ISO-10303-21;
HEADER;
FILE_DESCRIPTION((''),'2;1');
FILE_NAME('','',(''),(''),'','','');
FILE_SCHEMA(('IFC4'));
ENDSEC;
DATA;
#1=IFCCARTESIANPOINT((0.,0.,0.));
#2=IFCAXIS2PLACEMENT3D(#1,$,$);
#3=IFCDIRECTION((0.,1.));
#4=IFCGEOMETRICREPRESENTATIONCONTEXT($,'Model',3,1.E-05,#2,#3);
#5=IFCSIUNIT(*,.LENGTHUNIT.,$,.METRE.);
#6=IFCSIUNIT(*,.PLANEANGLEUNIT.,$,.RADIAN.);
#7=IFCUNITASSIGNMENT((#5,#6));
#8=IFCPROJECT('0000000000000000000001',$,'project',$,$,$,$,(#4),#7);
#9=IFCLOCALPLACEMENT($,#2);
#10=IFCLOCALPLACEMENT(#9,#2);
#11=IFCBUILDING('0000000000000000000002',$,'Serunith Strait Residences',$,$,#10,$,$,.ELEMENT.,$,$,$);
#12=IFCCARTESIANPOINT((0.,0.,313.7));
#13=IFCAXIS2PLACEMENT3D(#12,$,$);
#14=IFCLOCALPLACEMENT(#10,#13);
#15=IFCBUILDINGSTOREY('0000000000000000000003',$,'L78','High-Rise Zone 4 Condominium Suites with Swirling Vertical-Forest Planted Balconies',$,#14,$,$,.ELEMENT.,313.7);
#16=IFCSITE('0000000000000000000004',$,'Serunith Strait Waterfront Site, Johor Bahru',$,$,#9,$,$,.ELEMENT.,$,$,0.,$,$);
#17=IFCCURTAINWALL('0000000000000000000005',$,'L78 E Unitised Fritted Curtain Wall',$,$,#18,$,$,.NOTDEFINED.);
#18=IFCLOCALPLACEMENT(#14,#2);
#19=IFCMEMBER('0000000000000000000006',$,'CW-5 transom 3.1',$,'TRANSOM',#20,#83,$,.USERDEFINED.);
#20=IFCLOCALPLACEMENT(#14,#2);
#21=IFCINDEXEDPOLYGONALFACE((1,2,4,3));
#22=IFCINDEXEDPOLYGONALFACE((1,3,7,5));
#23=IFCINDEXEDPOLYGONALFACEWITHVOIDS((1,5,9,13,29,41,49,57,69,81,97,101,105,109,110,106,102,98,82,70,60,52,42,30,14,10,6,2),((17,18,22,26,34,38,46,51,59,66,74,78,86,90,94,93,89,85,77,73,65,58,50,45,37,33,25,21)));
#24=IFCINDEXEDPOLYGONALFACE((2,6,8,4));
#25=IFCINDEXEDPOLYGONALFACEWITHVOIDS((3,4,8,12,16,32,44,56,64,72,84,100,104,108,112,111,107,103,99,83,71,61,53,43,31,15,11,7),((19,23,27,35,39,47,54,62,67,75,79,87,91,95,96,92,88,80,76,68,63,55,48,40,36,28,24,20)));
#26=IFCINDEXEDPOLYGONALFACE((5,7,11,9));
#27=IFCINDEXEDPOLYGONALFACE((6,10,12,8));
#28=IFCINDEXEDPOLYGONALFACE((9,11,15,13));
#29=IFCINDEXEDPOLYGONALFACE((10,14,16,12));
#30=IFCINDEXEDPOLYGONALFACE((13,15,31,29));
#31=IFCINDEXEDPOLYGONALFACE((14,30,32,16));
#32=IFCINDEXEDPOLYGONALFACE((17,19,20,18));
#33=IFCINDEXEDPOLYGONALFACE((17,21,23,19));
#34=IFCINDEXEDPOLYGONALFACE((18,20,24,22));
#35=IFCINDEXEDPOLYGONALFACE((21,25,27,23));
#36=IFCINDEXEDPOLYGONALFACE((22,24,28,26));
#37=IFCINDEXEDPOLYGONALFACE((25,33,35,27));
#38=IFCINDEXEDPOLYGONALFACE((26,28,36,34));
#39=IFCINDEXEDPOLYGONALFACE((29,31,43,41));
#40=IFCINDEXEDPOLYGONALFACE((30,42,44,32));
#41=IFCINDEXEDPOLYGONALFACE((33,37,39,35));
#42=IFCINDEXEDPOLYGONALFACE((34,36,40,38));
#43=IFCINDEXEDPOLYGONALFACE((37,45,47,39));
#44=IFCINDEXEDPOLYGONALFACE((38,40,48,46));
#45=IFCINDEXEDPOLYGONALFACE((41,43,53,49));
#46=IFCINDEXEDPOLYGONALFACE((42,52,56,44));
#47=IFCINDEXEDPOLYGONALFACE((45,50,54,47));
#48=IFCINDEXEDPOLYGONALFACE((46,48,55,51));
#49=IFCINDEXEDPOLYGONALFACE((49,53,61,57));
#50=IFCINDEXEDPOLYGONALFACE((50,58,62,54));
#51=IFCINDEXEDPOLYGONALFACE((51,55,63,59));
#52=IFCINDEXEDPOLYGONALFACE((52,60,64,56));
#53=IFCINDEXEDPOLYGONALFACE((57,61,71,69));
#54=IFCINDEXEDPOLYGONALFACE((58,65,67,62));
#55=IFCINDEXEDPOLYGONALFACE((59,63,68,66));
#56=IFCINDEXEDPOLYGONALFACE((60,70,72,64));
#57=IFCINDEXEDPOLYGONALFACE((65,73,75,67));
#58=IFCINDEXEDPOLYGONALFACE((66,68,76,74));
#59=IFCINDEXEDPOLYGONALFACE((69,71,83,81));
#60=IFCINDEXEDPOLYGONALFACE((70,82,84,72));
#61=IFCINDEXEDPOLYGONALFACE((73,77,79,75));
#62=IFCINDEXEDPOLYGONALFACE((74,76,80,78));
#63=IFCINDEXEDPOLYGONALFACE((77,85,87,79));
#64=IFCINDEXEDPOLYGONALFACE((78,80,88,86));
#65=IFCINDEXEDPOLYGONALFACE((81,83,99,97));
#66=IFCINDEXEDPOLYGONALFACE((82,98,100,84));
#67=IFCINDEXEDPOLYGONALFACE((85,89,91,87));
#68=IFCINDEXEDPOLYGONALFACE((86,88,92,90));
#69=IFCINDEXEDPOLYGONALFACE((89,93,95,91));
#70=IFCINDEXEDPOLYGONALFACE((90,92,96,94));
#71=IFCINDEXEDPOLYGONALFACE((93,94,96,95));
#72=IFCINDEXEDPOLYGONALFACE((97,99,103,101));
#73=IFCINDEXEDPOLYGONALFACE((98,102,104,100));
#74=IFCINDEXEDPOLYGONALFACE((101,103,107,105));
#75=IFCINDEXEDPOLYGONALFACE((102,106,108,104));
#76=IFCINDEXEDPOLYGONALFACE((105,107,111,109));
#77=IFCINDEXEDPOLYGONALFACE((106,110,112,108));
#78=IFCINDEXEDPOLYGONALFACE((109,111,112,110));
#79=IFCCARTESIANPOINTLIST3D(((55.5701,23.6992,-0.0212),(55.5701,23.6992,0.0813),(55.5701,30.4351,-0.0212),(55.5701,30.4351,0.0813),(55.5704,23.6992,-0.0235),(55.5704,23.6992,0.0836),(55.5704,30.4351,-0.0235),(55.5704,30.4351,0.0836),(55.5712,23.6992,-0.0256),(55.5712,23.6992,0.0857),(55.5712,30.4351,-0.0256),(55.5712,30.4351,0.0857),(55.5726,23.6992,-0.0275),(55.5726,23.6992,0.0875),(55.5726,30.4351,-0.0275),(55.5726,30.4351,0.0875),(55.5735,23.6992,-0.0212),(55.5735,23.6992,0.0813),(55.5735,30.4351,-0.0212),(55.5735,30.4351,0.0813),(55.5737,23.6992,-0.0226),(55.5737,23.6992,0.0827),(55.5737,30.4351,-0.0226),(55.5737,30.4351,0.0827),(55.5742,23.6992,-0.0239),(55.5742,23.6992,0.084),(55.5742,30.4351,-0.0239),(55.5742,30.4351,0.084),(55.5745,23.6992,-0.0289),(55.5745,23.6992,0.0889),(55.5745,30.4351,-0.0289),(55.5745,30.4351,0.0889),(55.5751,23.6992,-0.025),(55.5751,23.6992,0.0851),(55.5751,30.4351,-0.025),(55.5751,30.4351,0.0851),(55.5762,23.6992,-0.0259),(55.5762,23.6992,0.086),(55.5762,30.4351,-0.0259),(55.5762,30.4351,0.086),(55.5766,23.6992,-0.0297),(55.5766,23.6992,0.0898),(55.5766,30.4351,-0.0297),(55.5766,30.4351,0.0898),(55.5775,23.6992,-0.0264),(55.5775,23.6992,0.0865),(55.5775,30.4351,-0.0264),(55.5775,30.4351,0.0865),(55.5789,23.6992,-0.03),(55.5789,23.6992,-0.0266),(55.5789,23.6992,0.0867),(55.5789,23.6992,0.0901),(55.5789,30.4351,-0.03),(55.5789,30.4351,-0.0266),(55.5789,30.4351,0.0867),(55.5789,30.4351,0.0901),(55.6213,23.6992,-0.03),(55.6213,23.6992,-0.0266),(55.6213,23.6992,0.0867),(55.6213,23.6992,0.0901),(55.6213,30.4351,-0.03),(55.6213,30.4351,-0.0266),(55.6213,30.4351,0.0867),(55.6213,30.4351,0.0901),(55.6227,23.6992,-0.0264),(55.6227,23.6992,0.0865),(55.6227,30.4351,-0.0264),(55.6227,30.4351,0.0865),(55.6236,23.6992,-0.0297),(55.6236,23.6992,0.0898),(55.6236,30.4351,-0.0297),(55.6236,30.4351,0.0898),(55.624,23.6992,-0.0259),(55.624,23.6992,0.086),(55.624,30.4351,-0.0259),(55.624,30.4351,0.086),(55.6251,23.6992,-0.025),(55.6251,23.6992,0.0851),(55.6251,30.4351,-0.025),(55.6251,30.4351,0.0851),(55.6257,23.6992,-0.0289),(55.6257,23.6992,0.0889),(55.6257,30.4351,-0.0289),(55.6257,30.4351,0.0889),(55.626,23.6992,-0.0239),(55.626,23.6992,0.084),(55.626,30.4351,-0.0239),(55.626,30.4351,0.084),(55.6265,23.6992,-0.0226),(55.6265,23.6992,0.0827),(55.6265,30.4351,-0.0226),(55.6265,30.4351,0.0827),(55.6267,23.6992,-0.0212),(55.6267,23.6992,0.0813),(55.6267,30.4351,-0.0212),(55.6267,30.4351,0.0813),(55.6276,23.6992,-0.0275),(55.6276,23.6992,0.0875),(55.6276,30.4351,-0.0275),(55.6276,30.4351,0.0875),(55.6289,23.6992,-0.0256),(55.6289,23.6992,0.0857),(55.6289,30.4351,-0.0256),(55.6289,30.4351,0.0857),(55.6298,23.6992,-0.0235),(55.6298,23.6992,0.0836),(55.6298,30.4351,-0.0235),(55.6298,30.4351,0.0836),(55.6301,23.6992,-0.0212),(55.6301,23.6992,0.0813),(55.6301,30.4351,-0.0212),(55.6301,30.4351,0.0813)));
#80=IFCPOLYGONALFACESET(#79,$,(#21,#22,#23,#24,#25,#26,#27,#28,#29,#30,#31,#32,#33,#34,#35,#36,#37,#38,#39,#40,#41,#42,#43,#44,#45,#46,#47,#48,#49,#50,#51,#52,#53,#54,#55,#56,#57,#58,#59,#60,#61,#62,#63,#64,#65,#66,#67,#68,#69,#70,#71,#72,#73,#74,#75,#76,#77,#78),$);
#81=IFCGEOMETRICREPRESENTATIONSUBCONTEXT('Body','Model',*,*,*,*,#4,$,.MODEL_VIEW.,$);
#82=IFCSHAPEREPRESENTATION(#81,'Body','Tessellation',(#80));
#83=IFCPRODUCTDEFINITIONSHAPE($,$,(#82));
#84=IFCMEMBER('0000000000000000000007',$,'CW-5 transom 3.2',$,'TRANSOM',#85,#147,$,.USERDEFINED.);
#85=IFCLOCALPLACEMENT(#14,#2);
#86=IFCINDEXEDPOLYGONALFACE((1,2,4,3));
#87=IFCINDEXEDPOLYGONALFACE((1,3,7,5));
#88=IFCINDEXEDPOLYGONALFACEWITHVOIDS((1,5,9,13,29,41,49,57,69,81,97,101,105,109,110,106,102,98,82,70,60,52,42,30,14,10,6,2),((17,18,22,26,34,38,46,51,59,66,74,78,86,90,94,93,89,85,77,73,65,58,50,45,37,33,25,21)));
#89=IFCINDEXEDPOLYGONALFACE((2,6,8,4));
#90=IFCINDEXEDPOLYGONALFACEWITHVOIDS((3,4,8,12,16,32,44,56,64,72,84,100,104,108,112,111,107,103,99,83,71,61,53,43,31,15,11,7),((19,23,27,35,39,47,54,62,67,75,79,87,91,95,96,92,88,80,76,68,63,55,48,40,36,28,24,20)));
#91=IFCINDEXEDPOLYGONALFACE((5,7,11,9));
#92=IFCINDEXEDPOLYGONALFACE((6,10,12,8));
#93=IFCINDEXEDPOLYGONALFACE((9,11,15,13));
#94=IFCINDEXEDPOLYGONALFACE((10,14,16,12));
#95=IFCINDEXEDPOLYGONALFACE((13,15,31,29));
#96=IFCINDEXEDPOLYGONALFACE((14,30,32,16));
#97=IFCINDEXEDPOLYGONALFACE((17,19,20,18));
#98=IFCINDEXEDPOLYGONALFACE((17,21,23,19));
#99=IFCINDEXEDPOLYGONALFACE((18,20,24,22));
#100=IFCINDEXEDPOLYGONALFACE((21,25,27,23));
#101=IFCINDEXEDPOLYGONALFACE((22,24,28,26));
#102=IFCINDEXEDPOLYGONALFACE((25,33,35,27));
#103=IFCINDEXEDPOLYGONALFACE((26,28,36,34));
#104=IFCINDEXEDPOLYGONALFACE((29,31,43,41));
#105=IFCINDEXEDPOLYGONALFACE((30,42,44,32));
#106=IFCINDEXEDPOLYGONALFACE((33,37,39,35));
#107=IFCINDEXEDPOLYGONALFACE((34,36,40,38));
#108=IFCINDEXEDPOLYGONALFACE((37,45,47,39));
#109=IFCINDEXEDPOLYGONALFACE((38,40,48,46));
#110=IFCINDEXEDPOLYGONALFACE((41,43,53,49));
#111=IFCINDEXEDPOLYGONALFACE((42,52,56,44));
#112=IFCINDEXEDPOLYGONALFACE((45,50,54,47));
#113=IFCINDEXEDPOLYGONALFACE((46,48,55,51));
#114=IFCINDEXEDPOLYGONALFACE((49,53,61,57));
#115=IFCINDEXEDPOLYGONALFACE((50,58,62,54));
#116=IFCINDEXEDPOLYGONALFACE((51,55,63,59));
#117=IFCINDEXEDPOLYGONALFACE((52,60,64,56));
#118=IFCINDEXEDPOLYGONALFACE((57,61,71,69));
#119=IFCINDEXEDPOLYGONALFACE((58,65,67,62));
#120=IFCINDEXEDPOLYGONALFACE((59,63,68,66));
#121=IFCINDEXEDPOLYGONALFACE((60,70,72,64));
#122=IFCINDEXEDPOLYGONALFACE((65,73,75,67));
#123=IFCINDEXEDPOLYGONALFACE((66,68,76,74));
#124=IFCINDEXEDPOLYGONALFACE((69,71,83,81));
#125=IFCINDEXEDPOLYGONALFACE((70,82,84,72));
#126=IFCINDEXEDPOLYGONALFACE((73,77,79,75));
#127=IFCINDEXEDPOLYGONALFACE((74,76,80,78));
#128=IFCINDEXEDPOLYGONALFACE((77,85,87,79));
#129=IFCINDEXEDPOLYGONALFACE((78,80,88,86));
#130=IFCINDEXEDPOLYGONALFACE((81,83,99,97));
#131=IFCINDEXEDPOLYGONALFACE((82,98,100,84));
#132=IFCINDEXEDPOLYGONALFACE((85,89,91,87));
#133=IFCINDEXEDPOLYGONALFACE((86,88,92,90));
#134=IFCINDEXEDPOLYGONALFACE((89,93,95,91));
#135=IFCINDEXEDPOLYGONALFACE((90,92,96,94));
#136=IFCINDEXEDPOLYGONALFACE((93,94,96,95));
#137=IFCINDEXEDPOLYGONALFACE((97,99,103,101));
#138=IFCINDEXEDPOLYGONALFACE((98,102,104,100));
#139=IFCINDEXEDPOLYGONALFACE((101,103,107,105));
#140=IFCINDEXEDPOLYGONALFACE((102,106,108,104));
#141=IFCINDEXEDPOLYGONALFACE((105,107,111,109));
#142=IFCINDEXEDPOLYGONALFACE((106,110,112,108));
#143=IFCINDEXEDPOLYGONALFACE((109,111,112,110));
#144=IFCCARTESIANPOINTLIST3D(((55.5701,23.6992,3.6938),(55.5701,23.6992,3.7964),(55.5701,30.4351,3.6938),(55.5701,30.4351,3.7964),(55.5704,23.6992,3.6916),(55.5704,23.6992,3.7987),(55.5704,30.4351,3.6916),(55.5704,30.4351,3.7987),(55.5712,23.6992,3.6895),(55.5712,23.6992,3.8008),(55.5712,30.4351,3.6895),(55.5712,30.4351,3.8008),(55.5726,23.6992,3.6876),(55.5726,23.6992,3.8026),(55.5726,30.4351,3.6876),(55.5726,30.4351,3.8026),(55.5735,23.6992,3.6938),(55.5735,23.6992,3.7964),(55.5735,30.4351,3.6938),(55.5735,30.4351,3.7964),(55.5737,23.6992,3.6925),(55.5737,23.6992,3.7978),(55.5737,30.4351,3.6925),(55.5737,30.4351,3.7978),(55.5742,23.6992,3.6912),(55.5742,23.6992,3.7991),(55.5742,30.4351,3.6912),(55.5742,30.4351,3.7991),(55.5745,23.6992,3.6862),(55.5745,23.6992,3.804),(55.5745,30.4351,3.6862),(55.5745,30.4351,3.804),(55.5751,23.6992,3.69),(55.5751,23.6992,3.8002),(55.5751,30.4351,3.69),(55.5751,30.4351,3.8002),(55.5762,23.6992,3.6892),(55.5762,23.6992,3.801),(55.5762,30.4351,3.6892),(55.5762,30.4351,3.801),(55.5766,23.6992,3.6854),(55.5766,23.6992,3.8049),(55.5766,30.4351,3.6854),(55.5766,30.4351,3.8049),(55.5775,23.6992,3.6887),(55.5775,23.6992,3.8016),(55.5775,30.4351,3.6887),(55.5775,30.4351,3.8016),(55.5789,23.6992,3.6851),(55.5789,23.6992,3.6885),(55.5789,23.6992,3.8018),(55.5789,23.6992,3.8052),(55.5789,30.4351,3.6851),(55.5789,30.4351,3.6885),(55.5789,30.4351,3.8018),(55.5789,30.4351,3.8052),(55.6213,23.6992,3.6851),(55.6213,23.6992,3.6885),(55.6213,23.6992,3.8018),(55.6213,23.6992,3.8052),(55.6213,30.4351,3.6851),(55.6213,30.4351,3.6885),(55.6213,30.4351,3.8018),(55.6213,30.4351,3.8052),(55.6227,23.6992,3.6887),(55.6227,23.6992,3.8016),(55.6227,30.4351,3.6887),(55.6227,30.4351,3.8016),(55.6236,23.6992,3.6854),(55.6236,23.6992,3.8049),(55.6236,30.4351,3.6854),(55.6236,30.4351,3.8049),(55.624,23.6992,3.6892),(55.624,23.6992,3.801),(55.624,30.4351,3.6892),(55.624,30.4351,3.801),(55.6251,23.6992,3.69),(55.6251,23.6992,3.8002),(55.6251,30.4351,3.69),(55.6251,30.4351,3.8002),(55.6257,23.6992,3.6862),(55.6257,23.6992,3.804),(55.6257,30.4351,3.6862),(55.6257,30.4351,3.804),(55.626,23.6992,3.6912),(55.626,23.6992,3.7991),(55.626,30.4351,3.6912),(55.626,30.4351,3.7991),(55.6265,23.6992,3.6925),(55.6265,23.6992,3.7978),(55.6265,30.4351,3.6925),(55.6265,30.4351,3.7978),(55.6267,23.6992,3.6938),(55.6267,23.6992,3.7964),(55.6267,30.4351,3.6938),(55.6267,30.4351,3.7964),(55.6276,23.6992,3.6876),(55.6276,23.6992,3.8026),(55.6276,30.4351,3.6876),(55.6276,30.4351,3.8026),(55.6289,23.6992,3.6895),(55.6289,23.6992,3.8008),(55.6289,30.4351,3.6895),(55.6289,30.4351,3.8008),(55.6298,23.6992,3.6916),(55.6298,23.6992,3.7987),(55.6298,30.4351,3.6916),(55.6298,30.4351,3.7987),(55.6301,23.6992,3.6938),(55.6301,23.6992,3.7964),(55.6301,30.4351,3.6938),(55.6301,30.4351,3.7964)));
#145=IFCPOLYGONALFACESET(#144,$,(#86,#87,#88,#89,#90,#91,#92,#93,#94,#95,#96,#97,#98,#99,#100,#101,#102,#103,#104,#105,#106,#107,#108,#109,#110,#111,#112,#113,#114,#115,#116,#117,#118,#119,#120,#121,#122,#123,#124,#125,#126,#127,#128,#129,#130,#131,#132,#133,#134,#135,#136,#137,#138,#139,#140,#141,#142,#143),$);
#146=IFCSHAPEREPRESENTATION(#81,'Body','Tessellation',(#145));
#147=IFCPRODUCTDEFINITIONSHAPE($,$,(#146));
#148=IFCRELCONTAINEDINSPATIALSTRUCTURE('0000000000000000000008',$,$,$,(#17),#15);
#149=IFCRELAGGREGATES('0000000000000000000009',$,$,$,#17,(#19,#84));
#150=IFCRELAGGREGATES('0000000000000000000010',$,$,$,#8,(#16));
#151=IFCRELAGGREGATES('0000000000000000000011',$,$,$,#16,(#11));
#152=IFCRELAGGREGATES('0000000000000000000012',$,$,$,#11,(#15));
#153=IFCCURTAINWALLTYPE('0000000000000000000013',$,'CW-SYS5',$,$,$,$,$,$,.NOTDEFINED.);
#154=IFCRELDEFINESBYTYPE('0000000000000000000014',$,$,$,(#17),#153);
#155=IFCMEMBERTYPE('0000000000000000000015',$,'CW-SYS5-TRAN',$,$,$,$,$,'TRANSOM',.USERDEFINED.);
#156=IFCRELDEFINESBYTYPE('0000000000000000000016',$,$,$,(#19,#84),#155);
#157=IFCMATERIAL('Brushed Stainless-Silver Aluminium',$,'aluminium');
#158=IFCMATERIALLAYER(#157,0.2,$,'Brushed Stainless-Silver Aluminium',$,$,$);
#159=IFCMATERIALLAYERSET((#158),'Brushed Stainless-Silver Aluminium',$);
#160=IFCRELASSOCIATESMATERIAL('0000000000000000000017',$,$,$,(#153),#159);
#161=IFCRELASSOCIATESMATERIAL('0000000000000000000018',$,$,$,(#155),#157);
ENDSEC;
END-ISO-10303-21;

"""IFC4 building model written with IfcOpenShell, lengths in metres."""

from ifc_helpers import new_model, si_unit, direction, frame, origin, origin_2d, place, context, subcontext, project, spatial, hollow_rectangle, extrude, source, transform, mapped, material, layer, layer_set, material_profile, profile_set, type_object, element, aggregate, save


model = new_model("IFC4")

# Units and contexts
model_context = context("Model", 3, precision=1e-05, world=origin(), true_north=direction((0.0, 1.0)))
body_context = subcontext(model_context, "Body", "Model", "MODEL_VIEW")
ifc_project = project(units=[si_unit("LENGTHUNIT", "METRE"), si_unit("PLANEANGLEUNIT", "RADIAN")], contexts=[model_context])

# Site, building, storey
site_placement = place(None, origin())
site = spatial("IfcSite", under=ifc_project, at=site_placement, Name="Serunith Strait Waterfront Site, Johor Bahru", CompositionType="ELEMENT", RefElevation=0.0)
building_placement = place(site_placement, origin())
building = spatial("IfcBuilding", under=site, at=building_placement, Name="Serunith Strait Residences", CompositionType="ELEMENT")
storey_placement = place(building_placement, frame((0.0, 0.0, 313.7)))
storey = spatial("IfcBuildingStorey", under=building, at=storey_placement, Name="L78", Description="High-Rise Zone 4 Condominium Suites with Swirling Vertical-Forest Planted Balconies", CompositionType="ELEMENT", Elevation=313.7)

# Curtain wall, members
ifc_material_1 = material(Name="Brushed Stainless-Silver Aluminium", Category="aluminium")
ifc_layer_1 = layer(ifc_material_1, 0.2, Name="Brushed Stainless-Silver Aluminium")
ifc_layer_set_1 = layer_set([ifc_layer_1], Name="Brushed Stainless-Silver Aluminium")
curtain_wall_type = type_object("IfcCurtainWallType", Name="CW-SYS5", PredefinedType="NOTDEFINED", material=ifc_layer_set_1)
curtain_wall_placement = place(storey_placement, origin())
curtain_wall = element("IfcCurtainWall", 1, at=curtain_wall_placement, inside=storey, type_object=curtain_wall_type, Name="L78 E Unitised Fritted Curtain Wall", PredefinedType="NOTDEFINED")
ifc_material_profile_1 = material_profile(ifc_material_1, hollow_rectangle(XDim=0.0601, YDim=0.1201, WallThickness=0.0034, InnerFilletRadius=0.0054, OuterFilletRadius=0.0088, at=origin_2d()), Name="ALU 120x60x3.5")
ifc_profile_set_1 = profile_set([ifc_material_profile_1], Name="Brushed Stainless-Silver Aluminium")
member_type_1 = type_object("IfcMemberType", Name="CW-SYS5-TRAN", ElementType="TRANSOM", PredefinedType="USERDEFINED", material=ifc_profile_set_1)
shared_shape_1 = source(origin(), body_context, "Body", "SweptSolid", [
    extrude(hollow_rectangle(XDim=0.0601, YDim=0.1201, WallThickness=0.0034, InnerFilletRadius=0.0054, OuterFilletRadius=0.0088, at=origin_2d()), origin(), (0.0, 0.0, 1.0), 6.7358),
])
member_1_placement = place(storey_placement, frame((55.6001, 23.6992, 0.03), z_axis=(0.0, 1.0, 0.0), x_axis=(-1.0, 0.0, 0.0)))
member_1 = element("IfcMember", 2, at=member_1_placement, type_object=member_type_1, Name="CW-5 transom 3.1", ObjectType="TRANSOM", PredefinedType="USERDEFINED", context=body_context, shape_type="MappedRepresentation", body=[
    mapped(shared_shape_1, transform((0.0, 0.0, 0.0), scale=1.0)),
])
member_2_placement = place(storey_placement, frame((55.6001, 23.6992, 3.7451), z_axis=(0.0, 1.0, 0.0), x_axis=(-1.0, 0.0, 0.0)))
member_2 = element("IfcMember", 3, at=member_2_placement, type_object=member_type_1, Name="CW-5 transom 3.2", ObjectType="TRANSOM", PredefinedType="USERDEFINED", context=body_context, shape_type="MappedRepresentation", body=[
    mapped(shared_shape_1, transform((0.0, 0.0, 0.0), scale=1.0)),
])
aggregate(curtain_wall, [member_1, member_2])

save(model, "model.ifc")
